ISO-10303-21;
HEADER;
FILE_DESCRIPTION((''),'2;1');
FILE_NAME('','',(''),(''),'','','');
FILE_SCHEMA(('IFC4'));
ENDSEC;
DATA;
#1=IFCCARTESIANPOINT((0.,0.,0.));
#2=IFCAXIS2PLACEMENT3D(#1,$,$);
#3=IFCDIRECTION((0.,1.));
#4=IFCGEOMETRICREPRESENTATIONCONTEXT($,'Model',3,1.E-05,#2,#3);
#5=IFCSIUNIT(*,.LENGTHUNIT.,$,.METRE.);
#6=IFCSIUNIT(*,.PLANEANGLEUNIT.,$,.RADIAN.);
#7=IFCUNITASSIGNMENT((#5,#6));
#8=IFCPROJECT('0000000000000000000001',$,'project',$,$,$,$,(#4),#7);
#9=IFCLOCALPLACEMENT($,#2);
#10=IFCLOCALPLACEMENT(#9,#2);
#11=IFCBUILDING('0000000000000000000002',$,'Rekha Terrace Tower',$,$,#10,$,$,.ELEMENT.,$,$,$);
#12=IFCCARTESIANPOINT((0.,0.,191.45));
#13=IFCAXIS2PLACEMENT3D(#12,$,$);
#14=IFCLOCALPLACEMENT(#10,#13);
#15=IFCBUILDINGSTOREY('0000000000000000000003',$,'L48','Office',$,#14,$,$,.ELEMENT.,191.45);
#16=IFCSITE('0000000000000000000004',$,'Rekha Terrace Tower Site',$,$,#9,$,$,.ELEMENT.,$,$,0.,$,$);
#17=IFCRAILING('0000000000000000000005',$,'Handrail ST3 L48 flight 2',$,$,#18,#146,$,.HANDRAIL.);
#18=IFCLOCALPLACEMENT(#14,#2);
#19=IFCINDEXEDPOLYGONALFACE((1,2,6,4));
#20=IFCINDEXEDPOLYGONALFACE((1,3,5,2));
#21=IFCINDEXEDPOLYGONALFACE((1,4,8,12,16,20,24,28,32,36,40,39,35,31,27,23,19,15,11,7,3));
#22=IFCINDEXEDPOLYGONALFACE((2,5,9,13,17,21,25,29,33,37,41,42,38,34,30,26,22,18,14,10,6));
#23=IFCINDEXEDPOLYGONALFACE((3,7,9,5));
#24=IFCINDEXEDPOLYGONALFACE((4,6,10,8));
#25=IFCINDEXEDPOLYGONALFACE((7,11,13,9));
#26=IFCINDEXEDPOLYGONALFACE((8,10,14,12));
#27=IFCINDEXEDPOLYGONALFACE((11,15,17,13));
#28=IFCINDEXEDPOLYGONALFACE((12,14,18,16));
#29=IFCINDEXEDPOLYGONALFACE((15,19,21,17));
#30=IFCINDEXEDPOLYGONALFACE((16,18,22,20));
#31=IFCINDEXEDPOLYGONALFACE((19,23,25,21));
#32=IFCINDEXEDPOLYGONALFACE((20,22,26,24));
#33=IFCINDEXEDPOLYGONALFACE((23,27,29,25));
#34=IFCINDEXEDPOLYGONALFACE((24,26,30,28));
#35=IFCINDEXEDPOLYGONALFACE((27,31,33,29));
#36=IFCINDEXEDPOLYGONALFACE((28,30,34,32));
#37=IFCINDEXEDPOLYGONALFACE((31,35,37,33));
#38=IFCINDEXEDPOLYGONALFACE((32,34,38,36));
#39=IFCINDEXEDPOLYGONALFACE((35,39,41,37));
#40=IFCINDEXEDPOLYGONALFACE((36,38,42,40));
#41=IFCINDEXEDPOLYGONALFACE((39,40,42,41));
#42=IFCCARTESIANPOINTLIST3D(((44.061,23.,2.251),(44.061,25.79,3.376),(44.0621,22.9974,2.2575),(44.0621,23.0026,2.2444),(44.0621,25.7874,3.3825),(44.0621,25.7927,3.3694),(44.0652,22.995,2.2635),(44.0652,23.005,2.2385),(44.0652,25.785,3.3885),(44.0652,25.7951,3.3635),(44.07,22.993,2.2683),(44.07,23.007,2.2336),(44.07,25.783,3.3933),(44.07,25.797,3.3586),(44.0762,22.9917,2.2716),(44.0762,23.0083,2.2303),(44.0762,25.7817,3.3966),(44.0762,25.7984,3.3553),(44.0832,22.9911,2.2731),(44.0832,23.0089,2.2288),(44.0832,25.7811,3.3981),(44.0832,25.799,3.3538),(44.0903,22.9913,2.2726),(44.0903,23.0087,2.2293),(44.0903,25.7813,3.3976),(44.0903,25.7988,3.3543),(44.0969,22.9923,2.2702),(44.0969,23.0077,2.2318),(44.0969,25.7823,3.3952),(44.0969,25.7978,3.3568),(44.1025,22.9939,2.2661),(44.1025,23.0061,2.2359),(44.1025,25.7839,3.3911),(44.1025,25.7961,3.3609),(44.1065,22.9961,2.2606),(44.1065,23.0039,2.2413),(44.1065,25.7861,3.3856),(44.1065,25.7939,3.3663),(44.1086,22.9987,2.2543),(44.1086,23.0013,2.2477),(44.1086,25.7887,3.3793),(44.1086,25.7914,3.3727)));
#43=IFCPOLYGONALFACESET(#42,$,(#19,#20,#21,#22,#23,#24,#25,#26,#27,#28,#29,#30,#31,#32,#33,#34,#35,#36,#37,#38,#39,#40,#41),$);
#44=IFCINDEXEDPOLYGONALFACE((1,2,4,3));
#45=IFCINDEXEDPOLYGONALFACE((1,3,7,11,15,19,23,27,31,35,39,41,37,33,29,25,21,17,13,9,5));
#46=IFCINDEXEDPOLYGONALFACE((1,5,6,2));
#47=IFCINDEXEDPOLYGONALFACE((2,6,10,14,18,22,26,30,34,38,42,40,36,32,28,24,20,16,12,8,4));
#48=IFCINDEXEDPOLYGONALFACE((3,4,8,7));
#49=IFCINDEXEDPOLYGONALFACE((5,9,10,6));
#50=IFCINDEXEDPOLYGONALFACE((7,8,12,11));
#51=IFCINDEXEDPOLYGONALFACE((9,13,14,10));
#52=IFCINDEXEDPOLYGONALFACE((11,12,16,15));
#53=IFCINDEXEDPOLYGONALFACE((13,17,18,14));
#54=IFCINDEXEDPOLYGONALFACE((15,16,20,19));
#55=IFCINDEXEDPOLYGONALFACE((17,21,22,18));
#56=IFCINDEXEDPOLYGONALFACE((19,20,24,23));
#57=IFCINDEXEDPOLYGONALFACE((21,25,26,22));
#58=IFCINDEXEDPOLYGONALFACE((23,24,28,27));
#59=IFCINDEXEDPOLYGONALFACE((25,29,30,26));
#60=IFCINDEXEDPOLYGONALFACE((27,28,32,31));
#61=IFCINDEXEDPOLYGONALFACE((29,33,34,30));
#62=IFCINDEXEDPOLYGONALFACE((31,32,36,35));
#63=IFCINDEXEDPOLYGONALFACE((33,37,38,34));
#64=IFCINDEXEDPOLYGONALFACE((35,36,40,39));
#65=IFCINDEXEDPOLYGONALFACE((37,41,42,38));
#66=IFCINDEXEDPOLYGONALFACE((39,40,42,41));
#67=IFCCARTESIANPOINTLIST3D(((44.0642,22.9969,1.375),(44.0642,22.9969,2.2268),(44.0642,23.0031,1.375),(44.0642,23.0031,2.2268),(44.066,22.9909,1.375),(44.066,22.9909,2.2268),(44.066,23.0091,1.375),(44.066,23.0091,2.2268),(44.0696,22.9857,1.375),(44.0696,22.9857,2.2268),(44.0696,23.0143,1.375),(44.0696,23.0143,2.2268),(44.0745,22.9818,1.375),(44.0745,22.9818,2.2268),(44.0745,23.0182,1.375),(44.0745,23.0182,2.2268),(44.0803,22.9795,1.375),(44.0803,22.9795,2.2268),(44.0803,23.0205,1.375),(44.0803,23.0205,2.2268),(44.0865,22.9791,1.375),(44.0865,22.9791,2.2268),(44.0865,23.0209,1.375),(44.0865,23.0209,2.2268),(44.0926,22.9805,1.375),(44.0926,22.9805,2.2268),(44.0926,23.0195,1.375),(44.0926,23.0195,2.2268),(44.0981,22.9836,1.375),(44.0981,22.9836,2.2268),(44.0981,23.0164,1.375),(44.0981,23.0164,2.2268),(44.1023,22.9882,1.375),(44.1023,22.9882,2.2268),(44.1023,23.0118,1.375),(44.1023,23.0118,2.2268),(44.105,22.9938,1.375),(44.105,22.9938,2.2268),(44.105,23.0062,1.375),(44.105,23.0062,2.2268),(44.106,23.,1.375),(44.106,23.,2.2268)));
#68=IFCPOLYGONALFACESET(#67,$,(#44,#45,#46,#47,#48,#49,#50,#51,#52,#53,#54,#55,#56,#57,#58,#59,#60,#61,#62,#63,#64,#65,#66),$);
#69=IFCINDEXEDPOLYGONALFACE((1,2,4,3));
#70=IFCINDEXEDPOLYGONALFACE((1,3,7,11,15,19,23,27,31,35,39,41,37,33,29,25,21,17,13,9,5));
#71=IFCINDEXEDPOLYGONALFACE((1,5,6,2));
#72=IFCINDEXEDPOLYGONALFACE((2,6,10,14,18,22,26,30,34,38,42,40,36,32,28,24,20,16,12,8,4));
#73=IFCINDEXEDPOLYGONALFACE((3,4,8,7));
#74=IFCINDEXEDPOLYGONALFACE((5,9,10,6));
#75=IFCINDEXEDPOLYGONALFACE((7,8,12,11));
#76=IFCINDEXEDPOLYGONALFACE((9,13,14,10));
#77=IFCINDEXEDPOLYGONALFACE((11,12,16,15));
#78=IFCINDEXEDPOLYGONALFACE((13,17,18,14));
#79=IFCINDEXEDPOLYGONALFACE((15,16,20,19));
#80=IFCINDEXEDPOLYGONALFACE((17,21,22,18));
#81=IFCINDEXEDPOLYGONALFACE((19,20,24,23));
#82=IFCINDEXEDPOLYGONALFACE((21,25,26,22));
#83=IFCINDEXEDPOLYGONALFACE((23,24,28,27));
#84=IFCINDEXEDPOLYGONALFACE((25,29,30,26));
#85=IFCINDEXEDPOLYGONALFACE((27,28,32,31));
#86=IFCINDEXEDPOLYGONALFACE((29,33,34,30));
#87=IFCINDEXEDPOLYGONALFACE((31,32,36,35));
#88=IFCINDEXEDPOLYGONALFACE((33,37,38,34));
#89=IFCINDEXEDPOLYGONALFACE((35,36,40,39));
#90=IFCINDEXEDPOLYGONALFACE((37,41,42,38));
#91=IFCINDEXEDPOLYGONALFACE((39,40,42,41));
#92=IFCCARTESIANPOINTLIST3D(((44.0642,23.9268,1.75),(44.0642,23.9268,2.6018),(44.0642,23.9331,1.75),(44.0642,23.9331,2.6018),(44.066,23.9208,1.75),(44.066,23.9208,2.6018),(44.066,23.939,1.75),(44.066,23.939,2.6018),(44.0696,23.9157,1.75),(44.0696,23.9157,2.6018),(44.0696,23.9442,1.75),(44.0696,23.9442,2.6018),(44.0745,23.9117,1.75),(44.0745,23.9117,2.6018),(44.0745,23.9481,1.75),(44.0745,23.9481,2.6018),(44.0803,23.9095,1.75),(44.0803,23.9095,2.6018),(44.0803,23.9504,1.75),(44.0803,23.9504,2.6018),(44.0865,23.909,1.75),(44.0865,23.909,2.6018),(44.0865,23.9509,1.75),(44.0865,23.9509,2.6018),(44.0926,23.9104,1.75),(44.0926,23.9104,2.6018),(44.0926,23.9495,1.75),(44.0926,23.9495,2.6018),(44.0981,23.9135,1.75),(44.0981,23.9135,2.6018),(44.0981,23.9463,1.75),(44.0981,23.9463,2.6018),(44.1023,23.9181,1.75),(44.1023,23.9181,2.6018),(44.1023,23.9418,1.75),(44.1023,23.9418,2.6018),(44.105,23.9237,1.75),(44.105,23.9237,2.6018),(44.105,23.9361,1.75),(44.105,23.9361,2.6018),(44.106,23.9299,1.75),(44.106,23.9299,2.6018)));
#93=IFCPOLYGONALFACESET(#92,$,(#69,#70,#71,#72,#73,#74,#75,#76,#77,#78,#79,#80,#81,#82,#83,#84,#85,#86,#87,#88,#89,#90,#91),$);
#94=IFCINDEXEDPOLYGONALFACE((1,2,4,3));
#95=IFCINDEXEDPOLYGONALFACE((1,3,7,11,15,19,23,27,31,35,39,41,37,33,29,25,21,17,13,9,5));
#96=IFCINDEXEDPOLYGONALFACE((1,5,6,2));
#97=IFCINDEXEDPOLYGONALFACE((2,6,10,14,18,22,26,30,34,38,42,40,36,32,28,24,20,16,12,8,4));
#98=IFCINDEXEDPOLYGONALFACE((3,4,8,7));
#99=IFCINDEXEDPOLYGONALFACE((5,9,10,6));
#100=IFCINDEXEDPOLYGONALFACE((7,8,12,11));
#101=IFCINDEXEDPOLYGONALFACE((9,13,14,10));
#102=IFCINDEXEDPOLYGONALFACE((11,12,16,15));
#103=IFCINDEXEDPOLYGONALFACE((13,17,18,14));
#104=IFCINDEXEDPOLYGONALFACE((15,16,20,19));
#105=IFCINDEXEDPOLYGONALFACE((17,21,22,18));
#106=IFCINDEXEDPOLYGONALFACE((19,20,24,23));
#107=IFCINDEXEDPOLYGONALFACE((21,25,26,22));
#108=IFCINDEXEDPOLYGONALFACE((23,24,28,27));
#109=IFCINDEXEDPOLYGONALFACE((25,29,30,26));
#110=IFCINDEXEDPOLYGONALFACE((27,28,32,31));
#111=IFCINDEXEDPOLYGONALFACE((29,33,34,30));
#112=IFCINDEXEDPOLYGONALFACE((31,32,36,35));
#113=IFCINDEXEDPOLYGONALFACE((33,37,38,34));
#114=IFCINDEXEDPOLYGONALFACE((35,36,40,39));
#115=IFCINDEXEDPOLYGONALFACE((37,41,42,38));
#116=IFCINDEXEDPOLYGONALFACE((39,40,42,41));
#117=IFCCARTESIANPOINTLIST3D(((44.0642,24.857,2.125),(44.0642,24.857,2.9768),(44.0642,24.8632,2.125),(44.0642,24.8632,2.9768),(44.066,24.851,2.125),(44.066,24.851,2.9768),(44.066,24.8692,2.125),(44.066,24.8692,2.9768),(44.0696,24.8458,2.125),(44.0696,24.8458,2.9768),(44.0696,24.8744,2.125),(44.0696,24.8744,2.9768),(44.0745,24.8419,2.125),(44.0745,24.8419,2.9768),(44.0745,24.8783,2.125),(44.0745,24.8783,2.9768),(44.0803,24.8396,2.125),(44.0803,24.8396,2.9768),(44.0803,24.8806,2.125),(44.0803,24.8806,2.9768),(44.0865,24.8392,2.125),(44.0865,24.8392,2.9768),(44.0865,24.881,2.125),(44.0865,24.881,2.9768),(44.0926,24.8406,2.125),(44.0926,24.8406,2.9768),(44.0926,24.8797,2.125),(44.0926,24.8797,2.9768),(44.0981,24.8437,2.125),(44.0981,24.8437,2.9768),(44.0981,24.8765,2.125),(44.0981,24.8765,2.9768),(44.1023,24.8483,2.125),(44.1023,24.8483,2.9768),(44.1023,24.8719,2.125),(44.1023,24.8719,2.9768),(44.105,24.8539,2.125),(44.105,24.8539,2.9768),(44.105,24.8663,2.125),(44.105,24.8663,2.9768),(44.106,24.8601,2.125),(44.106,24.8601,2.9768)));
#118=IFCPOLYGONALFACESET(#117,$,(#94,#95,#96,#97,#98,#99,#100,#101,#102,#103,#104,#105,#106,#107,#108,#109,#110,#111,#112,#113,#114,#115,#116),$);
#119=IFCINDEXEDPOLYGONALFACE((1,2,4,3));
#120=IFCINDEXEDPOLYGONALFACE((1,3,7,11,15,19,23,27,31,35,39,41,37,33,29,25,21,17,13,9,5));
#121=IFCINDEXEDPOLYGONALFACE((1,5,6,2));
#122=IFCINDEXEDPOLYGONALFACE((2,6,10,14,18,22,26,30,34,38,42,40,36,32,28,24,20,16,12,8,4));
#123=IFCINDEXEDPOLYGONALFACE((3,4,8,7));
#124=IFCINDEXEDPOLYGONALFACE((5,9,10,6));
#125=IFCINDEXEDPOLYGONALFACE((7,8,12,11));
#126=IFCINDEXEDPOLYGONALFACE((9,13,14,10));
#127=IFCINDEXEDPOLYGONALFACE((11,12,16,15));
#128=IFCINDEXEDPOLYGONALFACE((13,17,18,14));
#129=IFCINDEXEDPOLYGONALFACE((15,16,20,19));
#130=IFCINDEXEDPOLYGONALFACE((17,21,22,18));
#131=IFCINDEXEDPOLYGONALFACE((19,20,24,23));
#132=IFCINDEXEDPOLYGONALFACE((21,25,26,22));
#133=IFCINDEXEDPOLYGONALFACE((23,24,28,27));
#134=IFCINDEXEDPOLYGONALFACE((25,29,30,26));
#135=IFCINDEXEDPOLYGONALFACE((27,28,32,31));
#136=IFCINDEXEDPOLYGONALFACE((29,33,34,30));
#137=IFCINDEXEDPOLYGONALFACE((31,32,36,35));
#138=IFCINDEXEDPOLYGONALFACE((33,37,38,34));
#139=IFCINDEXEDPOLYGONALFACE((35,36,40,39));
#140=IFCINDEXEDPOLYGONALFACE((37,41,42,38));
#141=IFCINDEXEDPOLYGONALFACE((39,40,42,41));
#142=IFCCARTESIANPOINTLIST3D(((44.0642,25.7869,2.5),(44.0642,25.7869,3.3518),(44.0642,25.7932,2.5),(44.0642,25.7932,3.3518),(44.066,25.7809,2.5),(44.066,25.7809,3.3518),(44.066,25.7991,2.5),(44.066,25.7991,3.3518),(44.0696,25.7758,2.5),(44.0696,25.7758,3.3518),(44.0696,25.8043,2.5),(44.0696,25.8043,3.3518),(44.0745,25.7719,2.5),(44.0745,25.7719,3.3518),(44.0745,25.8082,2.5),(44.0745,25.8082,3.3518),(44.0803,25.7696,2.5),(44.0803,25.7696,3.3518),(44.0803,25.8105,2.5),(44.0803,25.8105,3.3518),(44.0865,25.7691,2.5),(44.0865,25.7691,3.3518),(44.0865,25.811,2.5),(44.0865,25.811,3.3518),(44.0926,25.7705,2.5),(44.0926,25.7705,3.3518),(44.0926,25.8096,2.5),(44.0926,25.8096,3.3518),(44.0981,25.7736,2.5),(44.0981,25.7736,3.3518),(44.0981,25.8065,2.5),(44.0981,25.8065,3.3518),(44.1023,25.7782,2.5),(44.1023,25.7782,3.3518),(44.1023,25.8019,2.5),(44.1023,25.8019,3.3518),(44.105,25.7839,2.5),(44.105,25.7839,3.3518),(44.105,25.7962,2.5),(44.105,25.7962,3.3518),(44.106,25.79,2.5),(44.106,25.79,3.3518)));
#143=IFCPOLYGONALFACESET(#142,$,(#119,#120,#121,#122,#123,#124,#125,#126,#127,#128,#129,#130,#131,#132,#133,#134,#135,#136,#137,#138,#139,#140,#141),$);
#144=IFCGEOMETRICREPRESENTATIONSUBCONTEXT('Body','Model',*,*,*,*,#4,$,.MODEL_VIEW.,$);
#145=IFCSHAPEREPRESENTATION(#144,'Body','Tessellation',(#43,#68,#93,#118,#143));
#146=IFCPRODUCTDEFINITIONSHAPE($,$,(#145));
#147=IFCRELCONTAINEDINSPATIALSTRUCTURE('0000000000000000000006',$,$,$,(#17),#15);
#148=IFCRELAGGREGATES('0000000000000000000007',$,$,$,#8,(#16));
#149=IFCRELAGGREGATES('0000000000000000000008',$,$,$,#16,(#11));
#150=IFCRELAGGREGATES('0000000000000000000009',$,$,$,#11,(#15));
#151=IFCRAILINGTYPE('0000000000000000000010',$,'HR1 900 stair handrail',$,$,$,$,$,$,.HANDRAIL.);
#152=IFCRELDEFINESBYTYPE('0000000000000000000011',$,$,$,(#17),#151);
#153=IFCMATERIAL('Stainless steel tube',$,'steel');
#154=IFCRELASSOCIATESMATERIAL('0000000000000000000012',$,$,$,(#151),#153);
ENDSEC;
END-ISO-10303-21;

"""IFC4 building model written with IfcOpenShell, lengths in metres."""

from ifc_helpers import new_model, si_unit, direction, frame, origin, origin_2d, place, context, subcontext, project, spatial, circle, extrude, material, type_object, element, save


model = new_model("IFC4")

# Units and contexts
model_context = context("Model", 3, precision=1e-05, world=origin(), true_north=direction((0.0, 1.0)))
body_context = subcontext(model_context, "Body", "Model", "MODEL_VIEW")
ifc_project = project(units=[si_unit("LENGTHUNIT", "METRE"), si_unit("PLANEANGLEUNIT", "RADIAN")], contexts=[model_context])

# Site, building, storey
site_placement = place(None, origin())
site = spatial("IfcSite", under=ifc_project, at=site_placement, Name="Rekha Terrace Tower Site", CompositionType="ELEMENT", RefElevation=0.0)
building_placement = place(site_placement, origin())
building = spatial("IfcBuilding", under=site, at=building_placement, Name="Rekha Terrace Tower", CompositionType="ELEMENT")
storey_placement = place(building_placement, frame((0.0, 0.0, 191.45)))
storey = spatial("IfcBuildingStorey", under=building, at=storey_placement, Name="L48", Description="Office", CompositionType="ELEMENT", Elevation=191.45)

# Railing
ifc_material_1 = material(Name="Stainless steel tube", Category="steel")
railing_type = type_object("IfcRailingType", Name="HR1 900 stair handrail", PredefinedType="HANDRAIL", material=ifc_material_1)
railing_placement = place(storey_placement, frame((44.085, 23.0, 1.375)))
element("IfcRailing", 1, at=railing_placement, inside=storey, type_object=railing_type, Name="Handrail ST3 L48 flight 2", PredefinedType="HANDRAIL", context=body_context, shape_type="SweptSolid", body=[
    extrude(circle(Radius=0.0239, at=origin_2d()), frame((0.0, 0.0, 0.876), z_axis=(0.0, 0.927443, 0.373964), x_axis=(-1.0, 0.0, 0.0)), (0.0, 0.0, 1.0), 3.0083),
    extrude(circle(Radius=0.021, at=origin_2d()), origin(), (0.0, 0.0, 1.0), 0.8518),
    extrude(circle(Radius=0.021, at=origin_2d()), frame((0.0, 0.9299, 0.375)), (0.0, 0.0, 1.0), 0.8518),
    extrude(circle(Radius=0.021, at=origin_2d()), frame((0.0, 1.8601, 0.75)), (0.0, 0.0, 1.0), 0.8518),
    extrude(circle(Radius=0.021, at=origin_2d()), frame((0.0, 2.79, 1.125)), (0.0, 0.0, 1.0), 0.8518),
])

save(model, "model.ifc")
